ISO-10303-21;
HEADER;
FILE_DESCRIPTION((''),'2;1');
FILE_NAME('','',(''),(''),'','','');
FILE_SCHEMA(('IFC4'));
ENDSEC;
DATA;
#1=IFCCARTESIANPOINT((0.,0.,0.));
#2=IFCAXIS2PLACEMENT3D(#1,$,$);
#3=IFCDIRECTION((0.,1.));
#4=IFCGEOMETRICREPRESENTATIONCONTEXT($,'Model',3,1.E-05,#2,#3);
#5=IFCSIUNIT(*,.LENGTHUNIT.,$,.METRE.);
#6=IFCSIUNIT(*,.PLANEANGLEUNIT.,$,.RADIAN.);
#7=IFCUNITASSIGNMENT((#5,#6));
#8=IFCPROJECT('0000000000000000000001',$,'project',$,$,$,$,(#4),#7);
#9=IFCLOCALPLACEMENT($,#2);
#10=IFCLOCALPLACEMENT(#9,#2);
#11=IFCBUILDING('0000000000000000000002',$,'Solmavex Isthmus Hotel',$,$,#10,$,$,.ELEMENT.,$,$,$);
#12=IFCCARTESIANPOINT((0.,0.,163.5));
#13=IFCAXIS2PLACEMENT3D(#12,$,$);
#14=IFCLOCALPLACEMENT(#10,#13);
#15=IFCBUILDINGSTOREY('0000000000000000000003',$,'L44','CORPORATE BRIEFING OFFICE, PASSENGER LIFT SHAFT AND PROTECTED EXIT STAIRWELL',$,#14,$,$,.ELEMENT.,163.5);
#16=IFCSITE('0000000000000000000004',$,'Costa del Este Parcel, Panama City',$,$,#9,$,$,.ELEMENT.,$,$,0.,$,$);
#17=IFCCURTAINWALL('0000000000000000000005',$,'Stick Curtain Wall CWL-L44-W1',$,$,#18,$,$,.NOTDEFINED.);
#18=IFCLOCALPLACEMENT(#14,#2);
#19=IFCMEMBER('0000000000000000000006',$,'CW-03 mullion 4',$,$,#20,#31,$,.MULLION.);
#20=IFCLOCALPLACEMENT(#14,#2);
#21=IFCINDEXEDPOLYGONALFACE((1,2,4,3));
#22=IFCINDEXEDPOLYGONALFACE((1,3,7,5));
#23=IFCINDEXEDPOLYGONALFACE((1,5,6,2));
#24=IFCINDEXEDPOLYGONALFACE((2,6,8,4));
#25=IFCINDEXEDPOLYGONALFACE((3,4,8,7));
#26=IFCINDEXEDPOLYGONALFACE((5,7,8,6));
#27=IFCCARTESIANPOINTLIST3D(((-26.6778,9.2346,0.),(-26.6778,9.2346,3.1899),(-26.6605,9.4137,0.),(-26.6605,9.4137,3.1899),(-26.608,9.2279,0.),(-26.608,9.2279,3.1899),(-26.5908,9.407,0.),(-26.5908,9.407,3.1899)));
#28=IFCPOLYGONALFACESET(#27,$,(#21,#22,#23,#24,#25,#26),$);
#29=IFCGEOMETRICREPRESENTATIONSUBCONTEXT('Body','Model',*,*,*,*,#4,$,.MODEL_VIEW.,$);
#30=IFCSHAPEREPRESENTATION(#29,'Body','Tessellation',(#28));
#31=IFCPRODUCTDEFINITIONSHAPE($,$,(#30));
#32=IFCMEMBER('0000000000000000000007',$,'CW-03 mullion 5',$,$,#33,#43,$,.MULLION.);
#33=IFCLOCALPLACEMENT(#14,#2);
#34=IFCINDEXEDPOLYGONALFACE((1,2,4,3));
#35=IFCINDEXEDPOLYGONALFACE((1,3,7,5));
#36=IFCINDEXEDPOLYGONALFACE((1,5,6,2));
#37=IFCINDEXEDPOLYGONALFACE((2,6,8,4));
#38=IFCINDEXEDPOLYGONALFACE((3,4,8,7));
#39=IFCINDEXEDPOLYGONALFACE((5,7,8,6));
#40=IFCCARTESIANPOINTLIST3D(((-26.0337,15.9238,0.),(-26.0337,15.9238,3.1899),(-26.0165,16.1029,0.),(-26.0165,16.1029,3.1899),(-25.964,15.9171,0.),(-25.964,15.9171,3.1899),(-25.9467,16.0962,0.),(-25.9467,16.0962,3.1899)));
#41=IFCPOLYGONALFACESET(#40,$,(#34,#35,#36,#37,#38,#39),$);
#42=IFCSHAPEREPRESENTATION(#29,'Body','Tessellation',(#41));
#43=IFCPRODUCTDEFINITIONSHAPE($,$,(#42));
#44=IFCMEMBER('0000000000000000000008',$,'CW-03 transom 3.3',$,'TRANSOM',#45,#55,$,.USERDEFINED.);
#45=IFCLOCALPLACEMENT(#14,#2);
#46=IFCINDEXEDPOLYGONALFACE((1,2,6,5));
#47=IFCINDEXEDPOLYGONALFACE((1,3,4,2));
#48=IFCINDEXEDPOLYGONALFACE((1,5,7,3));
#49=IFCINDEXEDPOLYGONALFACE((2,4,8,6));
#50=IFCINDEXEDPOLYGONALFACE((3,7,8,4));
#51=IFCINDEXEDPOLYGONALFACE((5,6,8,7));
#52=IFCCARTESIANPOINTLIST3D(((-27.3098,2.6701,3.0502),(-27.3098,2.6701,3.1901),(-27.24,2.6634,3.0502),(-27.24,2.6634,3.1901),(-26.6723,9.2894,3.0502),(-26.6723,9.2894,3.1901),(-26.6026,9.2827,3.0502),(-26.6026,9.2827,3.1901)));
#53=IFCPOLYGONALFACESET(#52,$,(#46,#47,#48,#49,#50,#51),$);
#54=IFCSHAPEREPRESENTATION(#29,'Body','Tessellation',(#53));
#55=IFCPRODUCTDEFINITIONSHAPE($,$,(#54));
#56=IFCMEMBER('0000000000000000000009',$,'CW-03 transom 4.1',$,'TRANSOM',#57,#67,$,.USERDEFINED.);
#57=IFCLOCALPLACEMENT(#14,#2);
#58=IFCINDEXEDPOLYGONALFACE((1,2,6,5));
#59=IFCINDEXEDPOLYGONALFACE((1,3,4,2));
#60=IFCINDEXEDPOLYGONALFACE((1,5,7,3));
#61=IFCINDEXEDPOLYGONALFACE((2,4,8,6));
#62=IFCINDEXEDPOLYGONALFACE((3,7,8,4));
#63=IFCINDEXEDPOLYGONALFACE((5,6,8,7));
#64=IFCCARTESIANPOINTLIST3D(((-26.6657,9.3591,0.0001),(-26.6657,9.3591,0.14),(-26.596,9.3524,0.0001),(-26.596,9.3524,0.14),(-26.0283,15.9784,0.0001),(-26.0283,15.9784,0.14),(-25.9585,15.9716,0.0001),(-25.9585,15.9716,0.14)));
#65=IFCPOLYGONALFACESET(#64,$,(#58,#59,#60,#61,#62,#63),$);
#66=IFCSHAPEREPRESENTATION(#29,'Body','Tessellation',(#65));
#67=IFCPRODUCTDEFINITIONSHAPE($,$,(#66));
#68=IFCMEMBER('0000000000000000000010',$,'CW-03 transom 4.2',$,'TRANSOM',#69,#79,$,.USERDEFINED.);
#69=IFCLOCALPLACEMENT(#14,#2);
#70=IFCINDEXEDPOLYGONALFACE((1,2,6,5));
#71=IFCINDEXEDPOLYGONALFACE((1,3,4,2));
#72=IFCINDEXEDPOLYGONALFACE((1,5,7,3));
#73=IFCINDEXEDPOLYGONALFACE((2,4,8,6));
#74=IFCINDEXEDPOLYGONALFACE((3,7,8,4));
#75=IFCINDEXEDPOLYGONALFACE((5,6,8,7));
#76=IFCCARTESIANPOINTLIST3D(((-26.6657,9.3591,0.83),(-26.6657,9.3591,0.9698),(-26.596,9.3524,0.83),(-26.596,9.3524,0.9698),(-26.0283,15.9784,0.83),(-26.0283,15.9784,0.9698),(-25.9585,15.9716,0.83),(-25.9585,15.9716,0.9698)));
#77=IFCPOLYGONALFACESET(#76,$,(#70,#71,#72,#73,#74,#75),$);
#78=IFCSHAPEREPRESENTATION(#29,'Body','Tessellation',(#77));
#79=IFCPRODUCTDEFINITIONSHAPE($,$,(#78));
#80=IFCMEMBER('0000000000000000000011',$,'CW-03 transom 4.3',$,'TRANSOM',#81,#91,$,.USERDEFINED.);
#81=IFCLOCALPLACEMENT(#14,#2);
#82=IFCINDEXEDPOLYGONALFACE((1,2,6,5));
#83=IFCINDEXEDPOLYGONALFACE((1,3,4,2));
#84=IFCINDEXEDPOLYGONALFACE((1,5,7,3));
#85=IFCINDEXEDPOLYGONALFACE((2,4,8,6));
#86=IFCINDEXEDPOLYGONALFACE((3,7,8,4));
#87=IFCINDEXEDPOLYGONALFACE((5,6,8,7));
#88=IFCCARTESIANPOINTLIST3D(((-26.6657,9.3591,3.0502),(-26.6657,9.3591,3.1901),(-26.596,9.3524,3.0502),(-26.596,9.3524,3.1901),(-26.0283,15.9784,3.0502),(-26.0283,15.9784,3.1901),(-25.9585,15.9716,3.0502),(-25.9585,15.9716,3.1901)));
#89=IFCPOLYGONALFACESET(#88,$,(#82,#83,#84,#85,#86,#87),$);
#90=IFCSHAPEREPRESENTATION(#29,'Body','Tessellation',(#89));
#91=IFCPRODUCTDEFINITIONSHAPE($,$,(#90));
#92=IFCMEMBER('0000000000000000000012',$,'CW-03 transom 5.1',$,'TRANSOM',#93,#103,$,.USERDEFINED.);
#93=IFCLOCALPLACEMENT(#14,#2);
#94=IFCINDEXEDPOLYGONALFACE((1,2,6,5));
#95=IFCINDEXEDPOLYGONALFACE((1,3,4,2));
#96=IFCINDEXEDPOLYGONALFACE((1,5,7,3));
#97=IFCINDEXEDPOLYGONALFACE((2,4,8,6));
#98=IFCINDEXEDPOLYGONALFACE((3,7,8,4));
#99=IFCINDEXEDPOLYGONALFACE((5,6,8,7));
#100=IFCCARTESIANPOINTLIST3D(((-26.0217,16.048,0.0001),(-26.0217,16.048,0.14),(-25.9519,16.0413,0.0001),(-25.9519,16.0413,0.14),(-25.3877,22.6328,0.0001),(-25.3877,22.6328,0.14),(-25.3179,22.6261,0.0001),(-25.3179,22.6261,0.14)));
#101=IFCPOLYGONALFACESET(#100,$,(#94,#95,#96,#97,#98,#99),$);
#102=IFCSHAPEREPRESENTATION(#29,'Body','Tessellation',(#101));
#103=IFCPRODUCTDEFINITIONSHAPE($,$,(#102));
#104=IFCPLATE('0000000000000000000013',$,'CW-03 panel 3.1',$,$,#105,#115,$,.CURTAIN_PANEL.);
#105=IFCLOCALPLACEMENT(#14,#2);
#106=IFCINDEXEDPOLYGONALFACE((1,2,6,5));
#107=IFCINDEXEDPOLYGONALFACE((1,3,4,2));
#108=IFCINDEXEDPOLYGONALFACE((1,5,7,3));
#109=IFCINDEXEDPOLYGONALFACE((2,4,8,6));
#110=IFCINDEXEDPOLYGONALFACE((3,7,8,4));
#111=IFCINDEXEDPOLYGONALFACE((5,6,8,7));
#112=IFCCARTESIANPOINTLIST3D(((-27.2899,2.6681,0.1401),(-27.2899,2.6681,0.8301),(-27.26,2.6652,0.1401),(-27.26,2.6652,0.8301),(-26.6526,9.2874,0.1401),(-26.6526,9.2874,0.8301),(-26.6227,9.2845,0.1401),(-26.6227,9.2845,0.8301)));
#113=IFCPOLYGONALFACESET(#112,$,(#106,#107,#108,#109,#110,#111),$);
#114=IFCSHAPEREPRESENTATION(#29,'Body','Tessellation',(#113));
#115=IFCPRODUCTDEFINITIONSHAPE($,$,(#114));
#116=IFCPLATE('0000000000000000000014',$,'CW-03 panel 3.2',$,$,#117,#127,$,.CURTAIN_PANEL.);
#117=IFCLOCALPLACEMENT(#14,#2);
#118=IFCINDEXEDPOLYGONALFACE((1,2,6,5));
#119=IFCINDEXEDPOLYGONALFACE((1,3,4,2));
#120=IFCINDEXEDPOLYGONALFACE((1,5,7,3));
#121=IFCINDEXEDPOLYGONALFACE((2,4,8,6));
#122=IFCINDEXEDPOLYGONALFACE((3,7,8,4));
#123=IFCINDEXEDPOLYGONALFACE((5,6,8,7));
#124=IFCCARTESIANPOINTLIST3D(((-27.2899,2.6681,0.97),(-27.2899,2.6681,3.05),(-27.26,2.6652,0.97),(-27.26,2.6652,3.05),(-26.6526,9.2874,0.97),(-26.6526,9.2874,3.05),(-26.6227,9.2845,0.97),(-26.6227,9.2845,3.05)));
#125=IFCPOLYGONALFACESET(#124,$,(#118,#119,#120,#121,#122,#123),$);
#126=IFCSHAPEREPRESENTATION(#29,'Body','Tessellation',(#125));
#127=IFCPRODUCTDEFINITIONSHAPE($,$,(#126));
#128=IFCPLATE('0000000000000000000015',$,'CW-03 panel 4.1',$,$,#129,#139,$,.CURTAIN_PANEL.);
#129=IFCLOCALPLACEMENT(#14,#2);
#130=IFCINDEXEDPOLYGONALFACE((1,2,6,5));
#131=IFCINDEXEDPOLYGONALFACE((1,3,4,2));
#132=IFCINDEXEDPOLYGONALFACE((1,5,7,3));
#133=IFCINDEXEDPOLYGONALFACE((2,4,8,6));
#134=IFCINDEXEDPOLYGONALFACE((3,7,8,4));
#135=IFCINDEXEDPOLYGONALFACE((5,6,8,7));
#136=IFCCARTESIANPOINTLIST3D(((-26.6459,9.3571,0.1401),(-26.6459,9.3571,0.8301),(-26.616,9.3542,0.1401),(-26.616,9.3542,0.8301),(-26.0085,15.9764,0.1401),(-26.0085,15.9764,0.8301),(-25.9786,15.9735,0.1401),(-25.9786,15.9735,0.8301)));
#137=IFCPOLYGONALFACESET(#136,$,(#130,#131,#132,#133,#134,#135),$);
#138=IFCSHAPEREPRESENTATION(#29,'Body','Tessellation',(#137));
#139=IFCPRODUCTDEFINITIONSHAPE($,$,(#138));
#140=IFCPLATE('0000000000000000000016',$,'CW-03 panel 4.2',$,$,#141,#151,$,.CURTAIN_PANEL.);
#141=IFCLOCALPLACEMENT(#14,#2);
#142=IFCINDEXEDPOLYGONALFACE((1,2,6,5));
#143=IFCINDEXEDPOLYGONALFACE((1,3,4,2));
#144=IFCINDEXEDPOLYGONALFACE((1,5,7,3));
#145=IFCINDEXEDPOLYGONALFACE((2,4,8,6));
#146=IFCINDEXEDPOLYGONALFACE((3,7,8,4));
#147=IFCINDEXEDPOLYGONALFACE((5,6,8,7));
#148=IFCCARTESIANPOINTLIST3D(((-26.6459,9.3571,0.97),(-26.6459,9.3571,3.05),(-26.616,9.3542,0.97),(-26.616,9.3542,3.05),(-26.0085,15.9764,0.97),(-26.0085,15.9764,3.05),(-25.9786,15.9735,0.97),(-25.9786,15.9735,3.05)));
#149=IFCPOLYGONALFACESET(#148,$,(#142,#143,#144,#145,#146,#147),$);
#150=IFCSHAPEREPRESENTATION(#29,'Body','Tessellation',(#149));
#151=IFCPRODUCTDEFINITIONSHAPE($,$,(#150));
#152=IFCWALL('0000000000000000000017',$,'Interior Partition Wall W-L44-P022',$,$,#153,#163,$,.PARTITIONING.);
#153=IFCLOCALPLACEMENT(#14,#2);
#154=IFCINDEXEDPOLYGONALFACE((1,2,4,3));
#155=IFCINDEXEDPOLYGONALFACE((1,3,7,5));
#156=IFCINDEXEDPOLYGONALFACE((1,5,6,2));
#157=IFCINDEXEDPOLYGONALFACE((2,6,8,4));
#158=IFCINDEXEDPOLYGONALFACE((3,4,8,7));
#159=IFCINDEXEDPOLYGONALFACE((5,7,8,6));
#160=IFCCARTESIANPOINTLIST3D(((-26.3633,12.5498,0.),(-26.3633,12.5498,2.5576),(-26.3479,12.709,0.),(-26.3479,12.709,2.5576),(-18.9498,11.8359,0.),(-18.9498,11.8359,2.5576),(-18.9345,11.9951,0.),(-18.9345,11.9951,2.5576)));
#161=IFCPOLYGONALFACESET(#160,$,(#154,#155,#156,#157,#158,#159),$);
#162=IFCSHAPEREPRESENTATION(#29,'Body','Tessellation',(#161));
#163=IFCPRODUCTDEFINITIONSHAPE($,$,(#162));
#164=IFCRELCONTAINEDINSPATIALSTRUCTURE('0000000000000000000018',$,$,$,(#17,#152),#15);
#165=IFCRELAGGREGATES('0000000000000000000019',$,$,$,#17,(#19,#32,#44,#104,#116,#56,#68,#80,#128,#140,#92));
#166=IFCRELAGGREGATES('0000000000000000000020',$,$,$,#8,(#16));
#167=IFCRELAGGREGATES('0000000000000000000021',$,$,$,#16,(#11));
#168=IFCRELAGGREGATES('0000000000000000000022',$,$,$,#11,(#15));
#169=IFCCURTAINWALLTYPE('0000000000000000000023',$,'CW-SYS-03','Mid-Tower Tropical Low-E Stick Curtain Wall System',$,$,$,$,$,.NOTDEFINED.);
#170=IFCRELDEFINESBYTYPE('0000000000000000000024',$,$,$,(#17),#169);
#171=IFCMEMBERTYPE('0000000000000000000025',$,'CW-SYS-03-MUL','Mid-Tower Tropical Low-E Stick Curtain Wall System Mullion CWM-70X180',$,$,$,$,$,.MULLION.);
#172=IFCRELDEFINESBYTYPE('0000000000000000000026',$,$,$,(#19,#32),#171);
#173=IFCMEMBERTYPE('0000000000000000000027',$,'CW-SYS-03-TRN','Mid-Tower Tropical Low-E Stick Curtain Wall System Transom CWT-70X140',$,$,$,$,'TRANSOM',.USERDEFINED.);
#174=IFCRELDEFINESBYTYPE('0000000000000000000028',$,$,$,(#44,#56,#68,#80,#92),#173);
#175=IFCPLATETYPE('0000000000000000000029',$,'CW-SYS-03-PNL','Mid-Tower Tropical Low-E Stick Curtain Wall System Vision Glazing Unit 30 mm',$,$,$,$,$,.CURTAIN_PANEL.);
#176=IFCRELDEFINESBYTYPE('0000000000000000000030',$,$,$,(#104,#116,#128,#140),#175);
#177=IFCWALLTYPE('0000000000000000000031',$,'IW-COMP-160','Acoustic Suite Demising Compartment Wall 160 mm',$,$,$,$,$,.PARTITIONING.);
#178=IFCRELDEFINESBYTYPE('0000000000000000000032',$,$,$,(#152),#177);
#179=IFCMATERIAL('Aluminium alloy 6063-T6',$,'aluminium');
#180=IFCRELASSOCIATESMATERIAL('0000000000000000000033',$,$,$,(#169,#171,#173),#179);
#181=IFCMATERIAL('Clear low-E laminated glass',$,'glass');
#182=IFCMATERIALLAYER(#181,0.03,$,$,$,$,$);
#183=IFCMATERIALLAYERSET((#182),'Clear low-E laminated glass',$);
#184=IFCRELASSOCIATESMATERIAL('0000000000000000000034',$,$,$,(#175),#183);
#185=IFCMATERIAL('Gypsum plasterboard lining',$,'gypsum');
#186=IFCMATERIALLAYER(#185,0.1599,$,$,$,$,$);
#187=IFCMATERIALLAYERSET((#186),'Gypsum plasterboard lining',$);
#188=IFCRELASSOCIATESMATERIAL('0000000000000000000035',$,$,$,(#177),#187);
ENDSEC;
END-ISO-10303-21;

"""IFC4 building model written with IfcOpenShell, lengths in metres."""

from ifc_helpers import new_model, si_unit, direction, frame, frame_2d, origin, origin_2d, place, context, subcontext, project, spatial, rectangle, extrude, material, layer, layer_set, material_profile, profile_set, type_object, element, aggregate, save


model = new_model("IFC4")

# Units and contexts
model_context = context("Model", 3, precision=1e-05, world=origin(), true_north=direction((0.0, 1.0)))
body_context = subcontext(model_context, "Body", "Model", "MODEL_VIEW")
ifc_project = project(units=[si_unit("LENGTHUNIT", "METRE"), si_unit("PLANEANGLEUNIT", "RADIAN")], contexts=[model_context])

# Site, building, storey
site_placement = place(None, origin())
site = spatial("IfcSite", under=ifc_project, at=site_placement, Name="Costa del Este Parcel, Panama City", CompositionType="ELEMENT", RefElevation=0.0)
building_placement = place(site_placement, origin())
building = spatial("IfcBuilding", under=site, at=building_placement, Name="Solmavex Isthmus Hotel", CompositionType="ELEMENT")
storey_placement = place(building_placement, frame((0.0, 0.0, 163.5)))
storey = spatial("IfcBuildingStorey", under=building, at=storey_placement, Name="L44", Description="CORPORATE BRIEFING OFFICE, PASSENGER LIFT SHAFT AND PROTECTED EXIT STAIRWELL", CompositionType="ELEMENT", Elevation=163.5)

# Curtain wall, members, plates
ifc_material_1 = material(Name="Aluminium alloy 6063-T6", Category="aluminium")
curtain_wall_type = type_object("IfcCurtainWallType", Name="CW-SYS-03", Description="Mid-Tower Tropical Low-E Stick Curtain Wall System", PredefinedType="NOTDEFINED", material=ifc_material_1)
curtain_wall_placement = place(storey_placement, origin())
curtain_wall = element("IfcCurtainWall", 1, at=curtain_wall_placement, inside=storey, type_object=curtain_wall_type, Name="Stick Curtain Wall CWL-L44-W1", PredefinedType="NOTDEFINED")
ifc_material_profile_1 = material_profile(ifc_material_1, rectangle(XDim=0.0701, YDim=0.1799, at=origin_2d()), Name="CWM-70X180")
ifc_profile_set_1 = profile_set([ifc_material_profile_1], Name="Aluminium alloy 6063-T6")
member_type_1 = type_object("IfcMemberType", Name="CW-SYS-03-MUL", Description="Mid-Tower Tropical Low-E Stick Curtain Wall System Mullion CWM-70X180", PredefinedType="MULLION", material=ifc_profile_set_1)
member_1_placement = place(storey_placement, frame((-26.6343, 9.3208, 0.0), z_axis=(0.0, 0.0, 1.0), x_axis=(-0.995396, 0.095846, 0.0)))
member_1 = element("IfcMember", 2, at=member_1_placement, type_object=member_type_1, Name="CW-03 mullion 4", PredefinedType="MULLION", context=body_context, shape_type="SweptSolid", body=[
    extrude(rectangle(XDim=0.0701, YDim=0.1799, at=origin_2d()), origin(), (0.0, 0.0, 1.0), 3.1899),
])
member_2_placement = place(storey_placement, frame((-25.9902, 16.01, 0.0), z_axis=(0.0, 0.0, 1.0), x_axis=(-0.995396, 0.095846, 0.0)))
member_2 = element("IfcMember", 3, at=member_2_placement, type_object=member_type_1, Name="CW-03 mullion 5", PredefinedType="MULLION", context=body_context, shape_type="SweptSolid", body=[
    extrude(rectangle(XDim=0.0701, YDim=0.1799, at=origin_2d()), origin(), (0.0, 0.0, 1.0), 3.1899),
])
ifc_material_profile_2 = material_profile(ifc_material_1, rectangle(XDim=0.0701, YDim=0.1399, at=origin_2d()), Name="CWT-70X140")
ifc_profile_set_2 = profile_set([ifc_material_profile_2], Name="Aluminium alloy 6063-T6")
member_type_2 = type_object("IfcMemberType", Name="CW-SYS-03-TRN", Description="Mid-Tower Tropical Low-E Stick Curtain Wall System Transom CWT-70X140", ElementType="TRANSOM", PredefinedType="USERDEFINED", material=ifc_profile_set_2)
member_3_placement = place(storey_placement, frame((-27.2749, 2.6667, 3.1201), z_axis=(0.095857, 0.995395, 0.0), x_axis=(-0.995395, 0.095857, 0.0)))
member_3 = element("IfcMember", 4, at=member_3_placement, type_object=member_type_2, Name="CW-03 transom 3.3", ObjectType="TRANSOM", PredefinedType="USERDEFINED", context=body_context, shape_type="SweptSolid", body=[
    extrude(rectangle(XDim=0.0701, YDim=0.1399, at=origin_2d()), origin(), (0.0, 0.0, 1.0), 6.6499),
])
member_4_placement = place(storey_placement, frame((-26.6309, 9.3557, 0.0701), z_axis=(0.095857, 0.995395, 0.0), x_axis=(-0.995395, 0.095857, 0.0)))
member_4 = element("IfcMember", 5, at=member_4_placement, type_object=member_type_2, Name="CW-03 transom 4.1", ObjectType="TRANSOM", PredefinedType="USERDEFINED", context=body_context, shape_type="SweptSolid", body=[
    extrude(rectangle(XDim=0.0701, YDim=0.1399, at=origin_2d()), origin(), (0.0, 0.0, 1.0), 6.6499),
])
member_5_placement = place(storey_placement, frame((-26.6309, 9.3557, 0.8999), z_axis=(0.095857, 0.995395, 0.0), x_axis=(-0.995395, 0.095857, 0.0)))
member_5 = element("IfcMember", 6, at=member_5_placement, type_object=member_type_2, Name="CW-03 transom 4.2", ObjectType="TRANSOM", PredefinedType="USERDEFINED", context=body_context, shape_type="SweptSolid", body=[
    extrude(rectangle(XDim=0.0701, YDim=0.1399, at=origin_2d()), origin(), (0.0, 0.0, 1.0), 6.6499),
])
member_6_placement = place(storey_placement, frame((-26.6309, 9.3557, 3.1201), z_axis=(0.095857, 0.995395, 0.0), x_axis=(-0.995395, 0.095857, 0.0)))
member_6 = element("IfcMember", 7, at=member_6_placement, type_object=member_type_2, Name="CW-03 transom 4.3", ObjectType="TRANSOM", PredefinedType="USERDEFINED", context=body_context, shape_type="SweptSolid", body=[
    extrude(rectangle(XDim=0.0701, YDim=0.1399, at=origin_2d()), origin(), (0.0, 0.0, 1.0), 6.6499),
])
member_7_placement = place(storey_placement, frame((-25.9868, 16.0447, 0.0701), z_axis=(0.095845, 0.995396, 0.0), x_axis=(-0.995396, 0.095845, 0.0)))
member_7 = element("IfcMember", 8, at=member_7_placement, type_object=member_type_2, Name="CW-03 transom 5.1", ObjectType="TRANSOM", PredefinedType="USERDEFINED", context=body_context, shape_type="SweptSolid", body=[
    extrude(rectangle(XDim=0.0701, YDim=0.1399, at=origin_2d()), origin(), (0.0, 0.0, 1.0), 6.6152),
])
ifc_material_2 = material(Name="Clear low-E laminated glass", Category="glass")
ifc_layer_1 = layer(ifc_material_2, 0.03)
ifc_layer_set_1 = layer_set([ifc_layer_1], Name="Clear low-E laminated glass")
plate_type = type_object("IfcPlateType", Name="CW-SYS-03-PNL", Description="Mid-Tower Tropical Low-E Stick Curtain Wall System Vision Glazing Unit 30 mm", PredefinedType="CURTAIN_PANEL", material=ifc_layer_set_1)
plate_1_placement = place(storey_placement, frame((-26.9563, 5.9763, 0.1401), z_axis=(0.0, 0.0, 1.0), x_axis=(0.095846, 0.995396, 0.0)))
plate_1 = element("IfcPlate", 9, at=plate_1_placement, type_object=plate_type, Name="CW-03 panel 3.1", PredefinedType="CURTAIN_PANEL", context=body_context, shape_type="SweptSolid", body=[
    extrude(rectangle(XDim=6.6499, YDim=0.03, at=origin_2d()), origin(), (0.0, 0.0, 1.0), 0.6899),
])
plate_2_placement = place(storey_placement, frame((-26.9563, 5.9763, 0.97), z_axis=(0.0, 0.0, 1.0), x_axis=(0.095846, 0.995396, 0.0)))
plate_2 = element("IfcPlate", 10, at=plate_2_placement, type_object=plate_type, Name="CW-03 panel 3.2", PredefinedType="CURTAIN_PANEL", context=body_context, shape_type="SweptSolid", body=[
    extrude(rectangle(XDim=6.6499, YDim=0.03, at=origin_2d()), origin(), (0.0, 0.0, 1.0), 2.0801),
])
plate_3_placement = place(storey_placement, frame((-26.3123, 12.6653, 0.1401), z_axis=(0.0, 0.0, 1.0), x_axis=(0.095846, 0.995396, 0.0)))
plate_3 = element("IfcPlate", 11, at=plate_3_placement, type_object=plate_type, Name="CW-03 panel 4.1", PredefinedType="CURTAIN_PANEL", context=body_context, shape_type="SweptSolid", body=[
    extrude(rectangle(XDim=6.6499, YDim=0.03, at=origin_2d()), origin(), (0.0, 0.0, 1.0), 0.6899),
])
plate_4_placement = place(storey_placement, frame((-26.3123, 12.6653, 0.97), z_axis=(0.0, 0.0, 1.0), x_axis=(0.095846, 0.995396, 0.0)))
plate_4 = element("IfcPlate", 12, at=plate_4_placement, type_object=plate_type, Name="CW-03 panel 4.2", PredefinedType="CURTAIN_PANEL", context=body_context, shape_type="SweptSolid", body=[
    extrude(rectangle(XDim=6.6499, YDim=0.03, at=origin_2d()), origin(), (0.0, 0.0, 1.0), 2.0801),
])
aggregate(curtain_wall, [member_1, member_2, member_3, plate_1, plate_2, member_4, member_5, member_6, plate_3, plate_4, member_7])

# Wall
ifc_material_3 = material(Name="Gypsum plasterboard lining", Category="gypsum")
ifc_layer_2 = layer(ifc_material_3, 0.1599)
ifc_layer_set_2 = layer_set([ifc_layer_2], Name="Gypsum plasterboard lining")
wall_type_1 = type_object("IfcWallType", Name="IW-COMP-160", Description="Acoustic Suite Demising Compartment Wall 160 mm", PredefinedType="PARTITIONING", material=ifc_layer_set_2)
wall_1_placement = place(storey_placement, frame((-18.9421, 11.9155, 0.0), z_axis=(0.0, 0.0, 1.0), x_axis=(-0.995396, 0.095849, 0.0)))
element("IfcWall", 13, at=wall_1_placement, inside=storey, type_object=wall_type_1, Name="Interior Partition Wall W-L44-P022", PredefinedType="PARTITIONING", context=body_context, shape_type="SweptSolid", body=[
    extrude(rectangle(XDim=7.4478, YDim=0.1599, at=frame_2d((3.7239, 0.0))), origin(), (0.0, 0.0, 1.0), 2.5576),
])

save(model, "model.ifc")
